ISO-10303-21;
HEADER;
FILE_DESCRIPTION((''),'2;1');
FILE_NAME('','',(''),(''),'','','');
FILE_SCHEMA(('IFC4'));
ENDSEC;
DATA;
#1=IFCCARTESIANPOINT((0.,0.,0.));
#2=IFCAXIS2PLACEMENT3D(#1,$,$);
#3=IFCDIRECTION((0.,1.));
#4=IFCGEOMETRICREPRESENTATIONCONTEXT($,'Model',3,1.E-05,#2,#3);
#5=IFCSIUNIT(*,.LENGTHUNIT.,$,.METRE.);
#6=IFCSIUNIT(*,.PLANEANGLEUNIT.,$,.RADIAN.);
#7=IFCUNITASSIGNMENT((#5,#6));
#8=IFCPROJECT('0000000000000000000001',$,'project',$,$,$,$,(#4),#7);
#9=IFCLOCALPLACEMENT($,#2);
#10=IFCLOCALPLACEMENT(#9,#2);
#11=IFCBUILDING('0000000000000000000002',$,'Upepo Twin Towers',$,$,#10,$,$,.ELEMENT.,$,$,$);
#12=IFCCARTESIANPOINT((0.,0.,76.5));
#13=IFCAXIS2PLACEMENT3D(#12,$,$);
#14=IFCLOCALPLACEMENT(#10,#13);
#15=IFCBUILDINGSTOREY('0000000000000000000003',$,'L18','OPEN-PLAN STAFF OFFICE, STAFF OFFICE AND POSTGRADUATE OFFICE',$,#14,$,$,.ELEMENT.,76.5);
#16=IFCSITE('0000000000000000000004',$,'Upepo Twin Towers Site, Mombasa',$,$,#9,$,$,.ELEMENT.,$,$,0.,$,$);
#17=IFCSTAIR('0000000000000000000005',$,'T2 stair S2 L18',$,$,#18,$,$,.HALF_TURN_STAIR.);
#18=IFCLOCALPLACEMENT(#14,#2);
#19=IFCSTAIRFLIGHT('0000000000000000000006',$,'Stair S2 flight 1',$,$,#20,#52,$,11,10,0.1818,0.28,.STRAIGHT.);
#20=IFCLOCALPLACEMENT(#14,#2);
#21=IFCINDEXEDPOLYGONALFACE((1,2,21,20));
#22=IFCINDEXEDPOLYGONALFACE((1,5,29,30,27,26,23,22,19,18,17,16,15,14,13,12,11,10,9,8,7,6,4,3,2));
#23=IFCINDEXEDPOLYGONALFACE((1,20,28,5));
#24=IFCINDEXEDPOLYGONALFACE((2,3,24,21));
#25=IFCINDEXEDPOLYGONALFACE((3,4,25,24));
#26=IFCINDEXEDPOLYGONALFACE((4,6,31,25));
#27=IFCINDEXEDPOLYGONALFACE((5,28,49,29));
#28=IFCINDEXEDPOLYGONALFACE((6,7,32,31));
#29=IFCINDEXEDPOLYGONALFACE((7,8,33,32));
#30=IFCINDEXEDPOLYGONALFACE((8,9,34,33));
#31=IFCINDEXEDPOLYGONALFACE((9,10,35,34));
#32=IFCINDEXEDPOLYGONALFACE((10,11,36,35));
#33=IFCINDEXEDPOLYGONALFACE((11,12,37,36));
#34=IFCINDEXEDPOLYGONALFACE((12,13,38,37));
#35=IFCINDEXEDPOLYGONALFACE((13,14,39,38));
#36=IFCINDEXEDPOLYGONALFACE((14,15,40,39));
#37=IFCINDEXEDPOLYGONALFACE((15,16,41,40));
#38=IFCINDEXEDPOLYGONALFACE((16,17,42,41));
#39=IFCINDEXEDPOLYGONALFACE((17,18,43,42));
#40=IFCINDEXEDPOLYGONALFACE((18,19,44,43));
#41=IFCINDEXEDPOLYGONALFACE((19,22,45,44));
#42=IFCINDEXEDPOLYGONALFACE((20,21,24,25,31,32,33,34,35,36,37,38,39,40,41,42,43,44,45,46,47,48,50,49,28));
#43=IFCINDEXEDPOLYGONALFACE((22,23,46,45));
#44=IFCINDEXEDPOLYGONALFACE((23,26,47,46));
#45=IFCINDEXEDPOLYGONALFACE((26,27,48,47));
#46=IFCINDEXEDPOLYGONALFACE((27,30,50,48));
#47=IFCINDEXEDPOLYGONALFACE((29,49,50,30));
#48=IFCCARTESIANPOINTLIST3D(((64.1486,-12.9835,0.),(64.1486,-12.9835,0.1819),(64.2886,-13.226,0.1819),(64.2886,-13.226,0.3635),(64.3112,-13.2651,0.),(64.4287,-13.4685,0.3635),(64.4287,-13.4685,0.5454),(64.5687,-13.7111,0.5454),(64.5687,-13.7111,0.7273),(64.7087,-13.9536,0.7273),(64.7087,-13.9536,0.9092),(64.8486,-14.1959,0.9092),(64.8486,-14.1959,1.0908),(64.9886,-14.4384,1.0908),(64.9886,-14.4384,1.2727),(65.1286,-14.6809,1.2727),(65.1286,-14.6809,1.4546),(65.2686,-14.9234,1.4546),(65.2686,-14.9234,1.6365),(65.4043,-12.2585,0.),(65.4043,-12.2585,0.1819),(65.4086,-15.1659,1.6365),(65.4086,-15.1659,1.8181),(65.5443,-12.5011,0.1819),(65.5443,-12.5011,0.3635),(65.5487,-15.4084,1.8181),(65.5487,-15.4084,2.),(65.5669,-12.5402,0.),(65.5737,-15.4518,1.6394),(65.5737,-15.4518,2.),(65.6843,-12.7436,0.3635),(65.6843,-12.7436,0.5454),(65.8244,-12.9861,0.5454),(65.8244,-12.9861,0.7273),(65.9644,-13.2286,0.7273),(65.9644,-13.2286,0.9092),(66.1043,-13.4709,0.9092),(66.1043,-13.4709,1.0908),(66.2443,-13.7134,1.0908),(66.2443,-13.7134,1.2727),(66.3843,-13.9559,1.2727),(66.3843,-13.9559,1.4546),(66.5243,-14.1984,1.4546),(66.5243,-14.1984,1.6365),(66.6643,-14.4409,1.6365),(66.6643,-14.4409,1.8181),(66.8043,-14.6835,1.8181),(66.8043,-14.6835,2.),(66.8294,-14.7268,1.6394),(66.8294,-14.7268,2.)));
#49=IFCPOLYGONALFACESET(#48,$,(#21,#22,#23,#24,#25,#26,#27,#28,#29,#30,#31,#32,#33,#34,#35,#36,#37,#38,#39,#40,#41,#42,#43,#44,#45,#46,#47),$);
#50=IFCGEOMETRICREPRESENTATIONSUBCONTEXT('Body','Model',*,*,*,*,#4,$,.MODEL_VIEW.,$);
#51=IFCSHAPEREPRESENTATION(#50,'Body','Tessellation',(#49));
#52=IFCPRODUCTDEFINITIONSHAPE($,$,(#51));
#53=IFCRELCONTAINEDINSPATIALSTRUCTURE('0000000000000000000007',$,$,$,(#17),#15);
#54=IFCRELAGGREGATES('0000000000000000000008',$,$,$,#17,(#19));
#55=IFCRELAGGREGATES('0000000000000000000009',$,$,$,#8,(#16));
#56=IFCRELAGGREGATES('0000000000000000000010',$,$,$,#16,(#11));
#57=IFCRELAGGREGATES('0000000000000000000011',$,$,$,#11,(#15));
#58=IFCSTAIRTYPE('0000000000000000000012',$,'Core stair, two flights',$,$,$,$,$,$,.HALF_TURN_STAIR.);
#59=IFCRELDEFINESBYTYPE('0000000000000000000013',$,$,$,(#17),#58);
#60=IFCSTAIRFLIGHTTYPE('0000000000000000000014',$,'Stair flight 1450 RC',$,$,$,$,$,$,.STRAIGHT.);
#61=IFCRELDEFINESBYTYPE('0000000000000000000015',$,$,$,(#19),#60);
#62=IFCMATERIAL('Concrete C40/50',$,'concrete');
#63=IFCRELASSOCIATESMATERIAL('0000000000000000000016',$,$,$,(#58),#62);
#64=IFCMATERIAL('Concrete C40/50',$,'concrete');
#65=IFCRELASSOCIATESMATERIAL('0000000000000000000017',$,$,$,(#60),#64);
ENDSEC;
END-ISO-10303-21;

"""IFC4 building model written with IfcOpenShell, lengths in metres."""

from ifc_helpers import new_model, si_unit, direction, frame, origin, place, context, subcontext, project, spatial, polyline, outline, extrude, material, type_object, element, aggregate, save


model = new_model("IFC4")

# Units and contexts
model_context = context("Model", 3, precision=1e-05, world=origin(), true_north=direction((0.0, 1.0)))
body_context = subcontext(model_context, "Body", "Model", "MODEL_VIEW")
ifc_project = project(units=[si_unit("LENGTHUNIT", "METRE"), si_unit("PLANEANGLEUNIT", "RADIAN")], contexts=[model_context])

# Site, building, storey
site_placement = place(None, origin())
site = spatial("IfcSite", under=ifc_project, at=site_placement, Name="Upepo Twin Towers Site, Mombasa", CompositionType="ELEMENT", RefElevation=0.0)
building_placement = place(site_placement, origin())
building = spatial("IfcBuilding", under=site, at=building_placement, Name="Upepo Twin Towers", CompositionType="ELEMENT")
storey_placement = place(building_placement, frame((0.0, 0.0, 76.5)))
storey = spatial("IfcBuildingStorey", under=building, at=storey_placement, Name="L18", Description="OPEN-PLAN STAFF OFFICE, STAFF OFFICE AND POSTGRADUATE OFFICE", CompositionType="ELEMENT", Elevation=76.5)

# Stair, stair flight
ifc_material_1 = material(Name="Concrete C40/50", Category="concrete")
stair_type = type_object("IfcStairType", Name="Core stair, two flights", PredefinedType="HALF_TURN_STAIR", material=ifc_material_1)
stair_placement = place(storey_placement, origin())
stair = element("IfcStair", 1, at=stair_placement, inside=storey, type_object=stair_type, Name="T2 stair S2 L18", PredefinedType="HALF_TURN_STAIR")
ifc_material_2 = material(Name="Concrete C40/50", Category="concrete")
stair_flight_type = type_object("IfcStairFlightType", Name="Stair flight 1450 RC", PredefinedType="STRAIGHT", material=ifc_material_2)
stair_flight_placement = place(storey_placement, frame((64.7764, -12.6211, 0.0), z_axis=(0.0, 0.0, 1.0), x_axis=(0.5, -0.866025, 0.0)))
stair_flight = element("IfcStairFlight", 2, at=stair_flight_placement, type_object=stair_flight_type, Name="Stair S2 flight 1", NumberOfRisers=11, NumberOfTreads=10, PredefinedType="STRAIGHT", RiserHeight=0.1818, TreadLength=0.28, context=body_context, shape_type="SweptSolid", body=[
    extrude(outline(polyline([(0.0, 0.0), (0.0, 0.1819), (0.28, 0.1819), (0.28, 0.3635), (0.5601, 0.3635), (0.5601, 0.5454), (0.8401, 0.5454), (0.8401, 0.7273), (1.1201, 0.7273), (1.1201, 0.9092), (1.3999, 0.9092), (1.3999, 1.0908), (1.6799, 1.0908), (1.6799, 1.2727), (1.96, 1.2727), (1.96, 1.4546), (2.24, 1.4546), (2.24, 1.6365), (2.52, 1.6365), (2.52, 1.8181), (2.8, 1.8181), (2.8, 2.0), (2.8501, 2.0), (2.8501, 1.6394), (0.3252, 0.0), (0.0, 0.0)])), frame((0.0, 0.7251, 0.0), z_axis=(0.0, -1.0, 0.0), x_axis=(1.0, 0.0, 0.0)), (0.0, 0.0, 1.0), 1.45),
])
aggregate(stair, [stair_flight])

save(model, "model.ifc")
